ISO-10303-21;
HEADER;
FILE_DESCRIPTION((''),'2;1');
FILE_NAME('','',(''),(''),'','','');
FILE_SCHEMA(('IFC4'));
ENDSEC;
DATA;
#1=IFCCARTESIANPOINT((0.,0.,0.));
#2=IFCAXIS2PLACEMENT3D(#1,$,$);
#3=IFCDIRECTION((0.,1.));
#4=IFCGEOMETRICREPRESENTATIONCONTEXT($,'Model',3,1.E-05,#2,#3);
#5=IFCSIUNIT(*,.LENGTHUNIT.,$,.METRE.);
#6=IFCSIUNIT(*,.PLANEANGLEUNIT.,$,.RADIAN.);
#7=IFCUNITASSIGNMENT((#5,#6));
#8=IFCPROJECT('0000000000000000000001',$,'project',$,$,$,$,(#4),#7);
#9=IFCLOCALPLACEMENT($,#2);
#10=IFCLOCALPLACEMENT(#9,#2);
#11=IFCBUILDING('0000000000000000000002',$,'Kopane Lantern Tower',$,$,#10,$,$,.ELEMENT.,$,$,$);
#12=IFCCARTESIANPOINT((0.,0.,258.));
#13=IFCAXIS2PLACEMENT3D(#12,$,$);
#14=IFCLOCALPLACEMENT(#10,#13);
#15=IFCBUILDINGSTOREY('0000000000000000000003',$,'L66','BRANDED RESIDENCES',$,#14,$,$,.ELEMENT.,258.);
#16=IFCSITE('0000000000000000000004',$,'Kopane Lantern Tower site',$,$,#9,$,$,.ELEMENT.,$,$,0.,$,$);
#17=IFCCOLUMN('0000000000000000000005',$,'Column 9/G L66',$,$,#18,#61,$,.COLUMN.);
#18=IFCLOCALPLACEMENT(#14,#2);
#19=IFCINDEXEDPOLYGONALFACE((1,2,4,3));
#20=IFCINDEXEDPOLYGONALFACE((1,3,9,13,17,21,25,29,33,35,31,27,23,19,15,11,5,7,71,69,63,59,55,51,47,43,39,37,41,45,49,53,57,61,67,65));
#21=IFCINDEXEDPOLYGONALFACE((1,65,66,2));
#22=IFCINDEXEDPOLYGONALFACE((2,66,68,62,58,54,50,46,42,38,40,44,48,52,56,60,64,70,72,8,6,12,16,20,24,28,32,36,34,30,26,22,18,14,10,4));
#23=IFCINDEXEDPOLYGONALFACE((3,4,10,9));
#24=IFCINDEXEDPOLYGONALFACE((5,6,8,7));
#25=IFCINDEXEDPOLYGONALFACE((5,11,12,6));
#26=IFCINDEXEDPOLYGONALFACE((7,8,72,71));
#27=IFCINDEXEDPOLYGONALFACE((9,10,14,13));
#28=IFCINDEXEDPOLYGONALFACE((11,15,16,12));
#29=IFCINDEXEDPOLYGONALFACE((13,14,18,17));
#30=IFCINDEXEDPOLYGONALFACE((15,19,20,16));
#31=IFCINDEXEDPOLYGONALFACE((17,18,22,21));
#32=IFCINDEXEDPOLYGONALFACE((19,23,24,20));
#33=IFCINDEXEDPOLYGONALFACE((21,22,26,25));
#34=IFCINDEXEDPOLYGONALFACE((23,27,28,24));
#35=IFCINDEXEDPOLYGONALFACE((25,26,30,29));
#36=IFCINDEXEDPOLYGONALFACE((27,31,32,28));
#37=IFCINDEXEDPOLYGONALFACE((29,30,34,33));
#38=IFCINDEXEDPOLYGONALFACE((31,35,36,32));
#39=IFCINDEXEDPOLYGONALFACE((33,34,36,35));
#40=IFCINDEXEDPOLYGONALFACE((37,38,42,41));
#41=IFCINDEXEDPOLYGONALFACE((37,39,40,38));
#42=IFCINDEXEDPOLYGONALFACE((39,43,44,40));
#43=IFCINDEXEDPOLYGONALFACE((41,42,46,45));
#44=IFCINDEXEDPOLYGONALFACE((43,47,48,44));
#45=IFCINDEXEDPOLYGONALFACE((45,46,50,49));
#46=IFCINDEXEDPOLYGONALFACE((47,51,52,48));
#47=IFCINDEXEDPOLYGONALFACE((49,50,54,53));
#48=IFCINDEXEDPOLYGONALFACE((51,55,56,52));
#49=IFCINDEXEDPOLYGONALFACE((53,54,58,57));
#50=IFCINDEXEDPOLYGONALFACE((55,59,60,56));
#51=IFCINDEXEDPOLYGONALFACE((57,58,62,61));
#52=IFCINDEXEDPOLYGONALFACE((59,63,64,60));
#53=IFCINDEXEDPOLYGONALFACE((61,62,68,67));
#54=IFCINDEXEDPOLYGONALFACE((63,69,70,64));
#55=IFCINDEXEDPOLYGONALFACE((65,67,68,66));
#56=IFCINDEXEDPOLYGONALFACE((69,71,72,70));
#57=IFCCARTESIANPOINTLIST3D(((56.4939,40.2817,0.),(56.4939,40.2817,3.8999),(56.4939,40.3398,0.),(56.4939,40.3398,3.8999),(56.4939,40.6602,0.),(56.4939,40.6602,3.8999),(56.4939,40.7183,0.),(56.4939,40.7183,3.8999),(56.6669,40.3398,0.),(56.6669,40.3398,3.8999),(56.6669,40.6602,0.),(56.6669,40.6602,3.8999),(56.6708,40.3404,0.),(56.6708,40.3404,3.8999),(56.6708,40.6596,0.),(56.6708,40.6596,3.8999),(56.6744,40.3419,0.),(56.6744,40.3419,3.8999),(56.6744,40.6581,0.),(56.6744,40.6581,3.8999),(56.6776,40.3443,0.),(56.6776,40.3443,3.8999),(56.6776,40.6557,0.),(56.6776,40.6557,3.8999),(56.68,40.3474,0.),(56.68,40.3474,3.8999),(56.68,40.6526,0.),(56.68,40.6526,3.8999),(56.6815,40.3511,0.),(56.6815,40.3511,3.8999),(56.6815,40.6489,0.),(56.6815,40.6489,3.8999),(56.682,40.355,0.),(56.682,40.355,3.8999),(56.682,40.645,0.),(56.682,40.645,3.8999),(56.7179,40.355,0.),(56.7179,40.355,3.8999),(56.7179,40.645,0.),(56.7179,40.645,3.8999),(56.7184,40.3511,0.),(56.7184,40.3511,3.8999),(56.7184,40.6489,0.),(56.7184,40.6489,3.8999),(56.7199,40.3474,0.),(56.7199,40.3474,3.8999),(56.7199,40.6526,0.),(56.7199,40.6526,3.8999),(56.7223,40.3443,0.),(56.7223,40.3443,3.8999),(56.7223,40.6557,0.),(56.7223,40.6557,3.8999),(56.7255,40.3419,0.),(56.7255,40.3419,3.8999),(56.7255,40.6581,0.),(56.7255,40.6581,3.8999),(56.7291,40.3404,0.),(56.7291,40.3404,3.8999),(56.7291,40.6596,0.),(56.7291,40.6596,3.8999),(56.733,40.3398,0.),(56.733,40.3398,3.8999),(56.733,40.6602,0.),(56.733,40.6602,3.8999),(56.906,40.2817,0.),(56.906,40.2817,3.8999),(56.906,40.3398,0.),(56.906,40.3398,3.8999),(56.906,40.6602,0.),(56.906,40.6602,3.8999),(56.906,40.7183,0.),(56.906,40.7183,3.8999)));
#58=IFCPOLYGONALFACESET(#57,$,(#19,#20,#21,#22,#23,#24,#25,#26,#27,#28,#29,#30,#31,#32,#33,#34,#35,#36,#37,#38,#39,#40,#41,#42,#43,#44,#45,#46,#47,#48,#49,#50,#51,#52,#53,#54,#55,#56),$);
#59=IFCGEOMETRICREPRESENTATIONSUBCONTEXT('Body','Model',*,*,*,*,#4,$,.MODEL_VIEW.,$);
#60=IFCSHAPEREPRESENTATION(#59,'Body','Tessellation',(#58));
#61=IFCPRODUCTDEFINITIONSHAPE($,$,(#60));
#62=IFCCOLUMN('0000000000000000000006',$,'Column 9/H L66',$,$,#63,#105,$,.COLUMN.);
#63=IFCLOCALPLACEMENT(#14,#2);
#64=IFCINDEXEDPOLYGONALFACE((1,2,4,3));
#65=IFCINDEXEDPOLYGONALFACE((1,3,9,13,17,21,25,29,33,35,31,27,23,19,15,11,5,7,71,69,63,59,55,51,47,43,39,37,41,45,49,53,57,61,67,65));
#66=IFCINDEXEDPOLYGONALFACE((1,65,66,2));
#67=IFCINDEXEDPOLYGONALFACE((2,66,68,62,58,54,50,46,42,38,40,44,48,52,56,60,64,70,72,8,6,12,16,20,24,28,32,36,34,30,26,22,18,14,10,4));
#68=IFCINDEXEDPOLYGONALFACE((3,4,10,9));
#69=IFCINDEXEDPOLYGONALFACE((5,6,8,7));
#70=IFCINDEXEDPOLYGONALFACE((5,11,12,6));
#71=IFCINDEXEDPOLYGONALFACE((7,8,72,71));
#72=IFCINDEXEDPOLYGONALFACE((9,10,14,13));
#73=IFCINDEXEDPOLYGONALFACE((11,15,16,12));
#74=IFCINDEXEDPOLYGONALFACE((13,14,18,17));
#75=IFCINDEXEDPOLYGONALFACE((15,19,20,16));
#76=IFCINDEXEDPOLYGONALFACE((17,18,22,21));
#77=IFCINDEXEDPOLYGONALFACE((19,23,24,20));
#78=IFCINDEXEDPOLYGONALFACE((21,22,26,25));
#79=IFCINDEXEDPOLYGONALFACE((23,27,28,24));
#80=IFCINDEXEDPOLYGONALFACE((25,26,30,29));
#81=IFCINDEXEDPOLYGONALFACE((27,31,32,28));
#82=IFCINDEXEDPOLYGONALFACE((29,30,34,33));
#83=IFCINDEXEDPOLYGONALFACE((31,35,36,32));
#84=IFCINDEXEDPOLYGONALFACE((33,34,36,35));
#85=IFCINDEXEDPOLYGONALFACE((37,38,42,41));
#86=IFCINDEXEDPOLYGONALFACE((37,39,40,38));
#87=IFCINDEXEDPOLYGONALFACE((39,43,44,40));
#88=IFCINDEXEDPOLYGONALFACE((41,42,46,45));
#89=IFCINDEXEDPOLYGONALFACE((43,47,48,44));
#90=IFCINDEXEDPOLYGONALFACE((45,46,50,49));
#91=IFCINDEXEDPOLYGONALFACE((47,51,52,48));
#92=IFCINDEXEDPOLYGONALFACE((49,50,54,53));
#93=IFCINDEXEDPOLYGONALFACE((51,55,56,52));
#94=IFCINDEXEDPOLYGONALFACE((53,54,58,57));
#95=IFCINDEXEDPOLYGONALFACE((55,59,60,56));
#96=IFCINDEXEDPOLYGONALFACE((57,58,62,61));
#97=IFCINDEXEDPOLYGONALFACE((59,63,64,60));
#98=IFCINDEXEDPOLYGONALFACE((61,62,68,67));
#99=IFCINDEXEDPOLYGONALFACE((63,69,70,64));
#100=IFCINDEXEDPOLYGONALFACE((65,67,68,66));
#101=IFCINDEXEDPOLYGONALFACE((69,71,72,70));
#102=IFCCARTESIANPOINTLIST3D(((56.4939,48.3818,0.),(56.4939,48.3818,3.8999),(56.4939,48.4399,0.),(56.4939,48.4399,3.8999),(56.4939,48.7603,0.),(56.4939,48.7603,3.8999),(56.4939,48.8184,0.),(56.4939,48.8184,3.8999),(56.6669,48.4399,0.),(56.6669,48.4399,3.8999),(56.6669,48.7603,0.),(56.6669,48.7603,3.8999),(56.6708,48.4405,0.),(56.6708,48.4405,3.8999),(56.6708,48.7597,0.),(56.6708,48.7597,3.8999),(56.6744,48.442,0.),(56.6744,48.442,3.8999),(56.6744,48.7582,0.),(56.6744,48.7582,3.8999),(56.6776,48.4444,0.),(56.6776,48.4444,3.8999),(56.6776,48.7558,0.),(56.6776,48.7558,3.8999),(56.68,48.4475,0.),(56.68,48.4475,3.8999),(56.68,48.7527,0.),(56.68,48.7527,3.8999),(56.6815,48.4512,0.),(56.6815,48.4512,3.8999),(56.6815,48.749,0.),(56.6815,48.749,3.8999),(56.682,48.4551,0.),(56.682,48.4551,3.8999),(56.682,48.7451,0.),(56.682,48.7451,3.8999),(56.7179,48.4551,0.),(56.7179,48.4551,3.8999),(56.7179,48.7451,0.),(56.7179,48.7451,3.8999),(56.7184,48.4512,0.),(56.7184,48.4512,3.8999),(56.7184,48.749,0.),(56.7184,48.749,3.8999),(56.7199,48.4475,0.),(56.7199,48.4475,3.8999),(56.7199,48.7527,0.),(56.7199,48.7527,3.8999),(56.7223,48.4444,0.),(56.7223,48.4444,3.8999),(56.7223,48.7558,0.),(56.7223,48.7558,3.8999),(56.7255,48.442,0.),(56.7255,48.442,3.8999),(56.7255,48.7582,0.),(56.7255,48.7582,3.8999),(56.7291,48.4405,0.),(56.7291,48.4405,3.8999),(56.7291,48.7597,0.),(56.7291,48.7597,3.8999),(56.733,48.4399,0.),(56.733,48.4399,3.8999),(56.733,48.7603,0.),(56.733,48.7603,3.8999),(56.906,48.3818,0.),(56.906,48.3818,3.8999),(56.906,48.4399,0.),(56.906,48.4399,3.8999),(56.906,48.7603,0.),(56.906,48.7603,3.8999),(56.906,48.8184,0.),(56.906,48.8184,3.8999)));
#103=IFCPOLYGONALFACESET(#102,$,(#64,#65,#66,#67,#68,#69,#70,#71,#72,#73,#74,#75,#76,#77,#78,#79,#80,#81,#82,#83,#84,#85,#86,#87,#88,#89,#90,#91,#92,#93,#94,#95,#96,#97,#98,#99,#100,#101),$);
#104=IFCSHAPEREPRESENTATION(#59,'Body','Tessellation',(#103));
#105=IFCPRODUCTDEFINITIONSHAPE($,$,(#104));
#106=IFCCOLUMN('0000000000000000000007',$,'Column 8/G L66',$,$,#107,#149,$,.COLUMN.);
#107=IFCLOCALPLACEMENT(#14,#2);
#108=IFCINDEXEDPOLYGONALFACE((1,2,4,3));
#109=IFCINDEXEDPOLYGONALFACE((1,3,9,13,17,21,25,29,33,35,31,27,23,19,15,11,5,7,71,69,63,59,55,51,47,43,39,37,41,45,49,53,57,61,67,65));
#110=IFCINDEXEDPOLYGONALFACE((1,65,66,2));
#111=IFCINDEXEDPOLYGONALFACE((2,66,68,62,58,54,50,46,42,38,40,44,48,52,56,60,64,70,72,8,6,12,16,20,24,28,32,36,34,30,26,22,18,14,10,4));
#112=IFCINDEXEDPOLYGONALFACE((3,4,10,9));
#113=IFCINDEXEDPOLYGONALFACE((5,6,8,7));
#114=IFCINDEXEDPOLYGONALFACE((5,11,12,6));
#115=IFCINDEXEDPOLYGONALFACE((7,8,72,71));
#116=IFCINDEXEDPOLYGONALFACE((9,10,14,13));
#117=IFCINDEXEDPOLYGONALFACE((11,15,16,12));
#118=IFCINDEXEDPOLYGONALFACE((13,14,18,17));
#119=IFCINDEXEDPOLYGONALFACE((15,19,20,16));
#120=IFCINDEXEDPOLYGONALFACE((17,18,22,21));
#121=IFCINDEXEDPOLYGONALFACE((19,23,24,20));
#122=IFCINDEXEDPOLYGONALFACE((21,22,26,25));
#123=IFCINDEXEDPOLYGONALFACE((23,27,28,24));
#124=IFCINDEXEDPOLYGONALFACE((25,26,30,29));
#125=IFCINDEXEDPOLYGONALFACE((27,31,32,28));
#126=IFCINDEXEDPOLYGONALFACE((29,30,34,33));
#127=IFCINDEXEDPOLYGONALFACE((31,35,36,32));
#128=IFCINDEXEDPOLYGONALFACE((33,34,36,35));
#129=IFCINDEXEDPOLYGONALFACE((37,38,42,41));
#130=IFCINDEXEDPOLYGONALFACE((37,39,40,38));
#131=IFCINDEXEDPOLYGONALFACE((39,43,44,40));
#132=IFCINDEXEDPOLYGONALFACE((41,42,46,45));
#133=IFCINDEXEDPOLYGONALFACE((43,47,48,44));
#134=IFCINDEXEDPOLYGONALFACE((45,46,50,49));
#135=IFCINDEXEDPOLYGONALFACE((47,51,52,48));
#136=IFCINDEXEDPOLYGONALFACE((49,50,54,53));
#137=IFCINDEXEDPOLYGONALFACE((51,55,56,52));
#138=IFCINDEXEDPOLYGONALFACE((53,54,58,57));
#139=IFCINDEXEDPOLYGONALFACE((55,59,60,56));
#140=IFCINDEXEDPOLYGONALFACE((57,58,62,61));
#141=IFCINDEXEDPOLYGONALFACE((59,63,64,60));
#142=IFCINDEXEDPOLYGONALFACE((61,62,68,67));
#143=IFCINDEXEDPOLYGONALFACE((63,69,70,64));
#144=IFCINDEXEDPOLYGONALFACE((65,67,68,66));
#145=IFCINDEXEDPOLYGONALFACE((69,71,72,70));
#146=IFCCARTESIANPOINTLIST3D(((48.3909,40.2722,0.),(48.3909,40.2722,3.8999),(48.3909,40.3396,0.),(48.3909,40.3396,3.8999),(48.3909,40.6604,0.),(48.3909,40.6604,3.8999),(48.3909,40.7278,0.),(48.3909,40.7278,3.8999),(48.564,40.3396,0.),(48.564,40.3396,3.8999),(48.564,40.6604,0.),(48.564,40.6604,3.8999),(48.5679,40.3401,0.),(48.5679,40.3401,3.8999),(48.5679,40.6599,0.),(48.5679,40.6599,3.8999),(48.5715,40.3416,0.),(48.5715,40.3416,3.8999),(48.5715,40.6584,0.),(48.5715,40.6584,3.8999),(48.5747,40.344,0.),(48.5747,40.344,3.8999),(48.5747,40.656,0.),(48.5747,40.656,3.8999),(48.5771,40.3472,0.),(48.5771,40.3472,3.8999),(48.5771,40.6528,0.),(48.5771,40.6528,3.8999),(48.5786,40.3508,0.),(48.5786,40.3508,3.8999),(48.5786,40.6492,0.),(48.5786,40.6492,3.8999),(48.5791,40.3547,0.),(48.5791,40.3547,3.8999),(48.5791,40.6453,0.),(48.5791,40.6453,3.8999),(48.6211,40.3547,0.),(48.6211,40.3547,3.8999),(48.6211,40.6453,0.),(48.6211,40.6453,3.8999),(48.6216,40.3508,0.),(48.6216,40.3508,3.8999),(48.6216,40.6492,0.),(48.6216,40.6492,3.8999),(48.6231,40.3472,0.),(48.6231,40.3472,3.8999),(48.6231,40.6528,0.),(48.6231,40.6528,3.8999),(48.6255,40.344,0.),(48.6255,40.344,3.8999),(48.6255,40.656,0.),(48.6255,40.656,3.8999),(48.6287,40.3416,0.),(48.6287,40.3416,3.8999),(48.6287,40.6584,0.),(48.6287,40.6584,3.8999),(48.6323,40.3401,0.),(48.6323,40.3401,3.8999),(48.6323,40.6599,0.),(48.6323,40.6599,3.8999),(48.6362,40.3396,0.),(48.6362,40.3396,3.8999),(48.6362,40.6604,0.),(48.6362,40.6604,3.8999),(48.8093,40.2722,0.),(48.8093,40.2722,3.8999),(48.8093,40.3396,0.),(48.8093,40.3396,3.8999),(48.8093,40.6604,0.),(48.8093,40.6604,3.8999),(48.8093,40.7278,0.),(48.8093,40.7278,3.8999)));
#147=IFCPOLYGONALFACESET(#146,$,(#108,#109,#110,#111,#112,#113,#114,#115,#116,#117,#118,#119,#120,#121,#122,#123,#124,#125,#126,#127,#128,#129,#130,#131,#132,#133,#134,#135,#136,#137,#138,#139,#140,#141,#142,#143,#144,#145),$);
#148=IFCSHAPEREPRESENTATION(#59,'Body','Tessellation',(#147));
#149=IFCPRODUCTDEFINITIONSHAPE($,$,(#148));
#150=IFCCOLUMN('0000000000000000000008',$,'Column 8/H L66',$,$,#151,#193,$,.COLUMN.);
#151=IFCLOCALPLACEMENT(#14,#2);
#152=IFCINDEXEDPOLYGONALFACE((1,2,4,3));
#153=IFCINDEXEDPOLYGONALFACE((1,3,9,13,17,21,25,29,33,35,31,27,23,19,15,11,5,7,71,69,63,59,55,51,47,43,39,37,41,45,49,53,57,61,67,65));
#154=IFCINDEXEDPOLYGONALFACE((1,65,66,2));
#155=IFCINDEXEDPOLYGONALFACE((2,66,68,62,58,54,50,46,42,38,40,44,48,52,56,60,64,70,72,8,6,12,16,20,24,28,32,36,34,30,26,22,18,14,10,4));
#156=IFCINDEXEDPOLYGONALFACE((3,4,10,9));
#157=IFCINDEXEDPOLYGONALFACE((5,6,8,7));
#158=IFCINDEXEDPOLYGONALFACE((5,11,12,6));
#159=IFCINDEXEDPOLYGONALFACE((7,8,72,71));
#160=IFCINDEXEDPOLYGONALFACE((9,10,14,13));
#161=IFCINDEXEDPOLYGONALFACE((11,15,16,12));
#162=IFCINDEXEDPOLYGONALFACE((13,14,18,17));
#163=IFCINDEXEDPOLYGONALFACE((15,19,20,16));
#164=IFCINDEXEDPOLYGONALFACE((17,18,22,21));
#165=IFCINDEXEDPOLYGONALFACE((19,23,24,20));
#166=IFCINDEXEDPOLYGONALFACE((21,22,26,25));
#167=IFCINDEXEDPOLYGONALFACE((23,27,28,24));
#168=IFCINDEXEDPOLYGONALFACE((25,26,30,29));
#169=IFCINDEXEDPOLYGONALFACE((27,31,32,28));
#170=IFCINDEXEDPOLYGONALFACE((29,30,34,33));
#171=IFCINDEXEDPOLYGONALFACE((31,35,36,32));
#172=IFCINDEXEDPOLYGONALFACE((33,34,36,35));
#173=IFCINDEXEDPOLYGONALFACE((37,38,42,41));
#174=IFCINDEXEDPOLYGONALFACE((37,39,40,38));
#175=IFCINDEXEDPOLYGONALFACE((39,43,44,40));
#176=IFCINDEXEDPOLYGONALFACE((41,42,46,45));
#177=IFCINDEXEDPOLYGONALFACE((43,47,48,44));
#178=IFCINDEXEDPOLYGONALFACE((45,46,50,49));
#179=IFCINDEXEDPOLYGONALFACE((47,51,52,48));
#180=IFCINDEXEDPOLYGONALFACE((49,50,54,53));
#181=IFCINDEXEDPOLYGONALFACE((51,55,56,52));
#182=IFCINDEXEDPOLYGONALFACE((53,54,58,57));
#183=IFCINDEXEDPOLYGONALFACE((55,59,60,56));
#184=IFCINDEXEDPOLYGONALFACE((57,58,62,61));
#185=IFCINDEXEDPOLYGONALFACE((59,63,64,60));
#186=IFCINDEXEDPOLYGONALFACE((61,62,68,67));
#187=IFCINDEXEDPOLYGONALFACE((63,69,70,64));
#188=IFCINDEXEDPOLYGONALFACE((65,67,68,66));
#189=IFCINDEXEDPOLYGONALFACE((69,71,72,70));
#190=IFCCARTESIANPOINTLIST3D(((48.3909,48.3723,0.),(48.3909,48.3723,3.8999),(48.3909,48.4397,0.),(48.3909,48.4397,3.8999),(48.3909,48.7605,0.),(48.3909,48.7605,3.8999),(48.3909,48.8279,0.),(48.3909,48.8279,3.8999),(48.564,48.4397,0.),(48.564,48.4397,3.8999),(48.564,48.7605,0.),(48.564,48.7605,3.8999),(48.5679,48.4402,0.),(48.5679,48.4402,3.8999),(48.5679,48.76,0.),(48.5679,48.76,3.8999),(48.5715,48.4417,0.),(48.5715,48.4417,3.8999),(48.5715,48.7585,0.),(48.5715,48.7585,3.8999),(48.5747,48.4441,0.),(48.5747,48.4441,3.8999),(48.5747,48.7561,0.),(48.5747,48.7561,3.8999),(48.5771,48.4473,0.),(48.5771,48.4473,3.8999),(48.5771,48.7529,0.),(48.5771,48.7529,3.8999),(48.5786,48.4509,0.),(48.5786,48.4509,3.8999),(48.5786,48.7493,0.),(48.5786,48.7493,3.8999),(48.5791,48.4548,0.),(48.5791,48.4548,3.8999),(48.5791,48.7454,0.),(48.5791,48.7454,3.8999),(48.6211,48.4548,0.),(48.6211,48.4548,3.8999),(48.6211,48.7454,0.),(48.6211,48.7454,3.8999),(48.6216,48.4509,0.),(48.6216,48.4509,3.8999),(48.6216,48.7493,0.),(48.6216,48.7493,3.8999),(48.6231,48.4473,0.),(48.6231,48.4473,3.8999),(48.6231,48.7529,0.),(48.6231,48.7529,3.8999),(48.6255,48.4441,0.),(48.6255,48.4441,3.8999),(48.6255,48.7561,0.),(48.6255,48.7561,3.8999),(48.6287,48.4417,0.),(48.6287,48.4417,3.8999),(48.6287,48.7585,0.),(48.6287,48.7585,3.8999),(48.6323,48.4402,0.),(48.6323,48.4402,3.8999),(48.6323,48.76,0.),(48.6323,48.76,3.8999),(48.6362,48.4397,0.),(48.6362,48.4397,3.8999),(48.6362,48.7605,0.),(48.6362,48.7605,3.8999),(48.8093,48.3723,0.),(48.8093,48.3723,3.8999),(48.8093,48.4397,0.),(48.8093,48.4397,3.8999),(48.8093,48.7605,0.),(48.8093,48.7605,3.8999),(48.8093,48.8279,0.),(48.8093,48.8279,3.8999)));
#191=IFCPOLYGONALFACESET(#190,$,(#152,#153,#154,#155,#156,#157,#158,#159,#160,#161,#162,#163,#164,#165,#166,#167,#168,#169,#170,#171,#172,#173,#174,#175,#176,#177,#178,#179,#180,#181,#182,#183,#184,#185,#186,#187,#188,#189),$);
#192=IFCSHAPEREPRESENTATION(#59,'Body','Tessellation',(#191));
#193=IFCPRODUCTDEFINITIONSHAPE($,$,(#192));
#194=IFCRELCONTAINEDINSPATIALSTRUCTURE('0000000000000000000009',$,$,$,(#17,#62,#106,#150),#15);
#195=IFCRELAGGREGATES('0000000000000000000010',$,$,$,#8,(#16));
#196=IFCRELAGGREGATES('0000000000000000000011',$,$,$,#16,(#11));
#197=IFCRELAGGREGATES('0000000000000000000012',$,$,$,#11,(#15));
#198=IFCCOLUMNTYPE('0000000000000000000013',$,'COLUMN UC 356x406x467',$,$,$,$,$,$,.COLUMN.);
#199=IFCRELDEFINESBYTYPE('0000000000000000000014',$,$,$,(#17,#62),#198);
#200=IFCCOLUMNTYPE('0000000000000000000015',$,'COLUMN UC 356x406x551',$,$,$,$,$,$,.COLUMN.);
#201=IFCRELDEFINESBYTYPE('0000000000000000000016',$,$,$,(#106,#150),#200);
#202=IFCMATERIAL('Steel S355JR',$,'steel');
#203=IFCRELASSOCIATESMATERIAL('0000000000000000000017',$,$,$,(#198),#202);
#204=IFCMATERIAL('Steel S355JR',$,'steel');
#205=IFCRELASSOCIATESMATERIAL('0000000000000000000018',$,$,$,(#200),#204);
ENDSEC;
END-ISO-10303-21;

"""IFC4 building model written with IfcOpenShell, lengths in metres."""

from ifc_helpers import new_model, si_unit, direction, frame, origin, origin_2d, place, context, subcontext, project, spatial, i_section, extrude, material, material_profile, profile_set, type_object, element, save


model = new_model("IFC4")

# Units and contexts
model_context = context("Model", 3, precision=1e-05, world=origin(), true_north=direction((0.0, 1.0)))
body_context = subcontext(model_context, "Body", "Model", "MODEL_VIEW")
ifc_project = project(units=[si_unit("LENGTHUNIT", "METRE"), si_unit("PLANEANGLEUNIT", "RADIAN")], contexts=[model_context])

# Site, building, storey
site_placement = place(None, origin())
site = spatial("IfcSite", under=ifc_project, at=site_placement, Name="Kopane Lantern Tower site", CompositionType="ELEMENT", RefElevation=0.0)
building_placement = place(site_placement, origin())
building = spatial("IfcBuilding", under=site, at=building_placement, Name="Kopane Lantern Tower", CompositionType="ELEMENT")
storey_placement = place(building_placement, frame((0.0, 0.0, 258.0)))
storey = spatial("IfcBuildingStorey", under=building, at=storey_placement, Name="L66", Description="BRANDED RESIDENCES", CompositionType="ELEMENT", Elevation=258.0)

# Columns
ifc_material_1 = material(Name="Steel S355JR", Category="steel")
ifc_material_profile_1 = material_profile(ifc_material_1, i_section(OverallWidth=0.4121, OverallDepth=0.4365, WebThickness=0.0359, FlangeThickness=0.0581, FilletRadius=0.0151, at=origin_2d()), Name="UC 356x406x467")
ifc_profile_set_1 = profile_set([ifc_material_profile_1], Name="Steel S355JR")
column_type_1 = type_object("IfcColumnType", Name="COLUMN UC 356x406x467", PredefinedType="COLUMN", material=ifc_profile_set_1)
for number, where, z_axis, x_axis, name in (
    (1, (56.7, 40.5, 0.0), (0.0, 0.0, 1.0), (1.0, 0.0, 0.0), "Column 9/G L66"),
    (2, (56.7, 48.6001, 0.0), (0.0, 0.0, 1.0), (1.0, 0.0, 0.0), "Column 9/H L66"),
):
    element("IfcColumn", number, at=place(storey_placement, frame(where, z_axis=z_axis, x_axis=x_axis)), inside=storey, type_object=column_type_1, Name=name, PredefinedType="COLUMN", context=body_context, shape_type="SweptSolid", body=[
        extrude(i_section(OverallWidth=0.4121, OverallDepth=0.4365, WebThickness=0.0359, FlangeThickness=0.0581, FilletRadius=0.0151, at=origin_2d()), origin(), (0.0, 0.0, 1.0), 3.8999),
    ])
ifc_material_2 = material(Name="Steel S355JR", Category="steel")
ifc_material_profile_2 = material_profile(ifc_material_2, i_section(OverallWidth=0.4185, OverallDepth=0.4556, WebThickness=0.042, FlangeThickness=0.0674, FilletRadius=0.0151, at=origin_2d()), Name="UC 356x406x551")
ifc_profile_set_2 = profile_set([ifc_material_profile_2], Name="Steel S355JR")
column_type_2 = type_object("IfcColumnType", Name="COLUMN UC 356x406x551", PredefinedType="COLUMN", material=ifc_profile_set_2)
for number, where, z_axis, x_axis, name in (
    (3, (48.6001, 40.5, 0.0), (0.0, 0.0, 1.0), (1.0, 0.0, 0.0), "Column 8/G L66"),
    (4, (48.6001, 48.6001, 0.0), (0.0, 0.0, 1.0), (1.0, 0.0, 0.0), "Column 8/H L66"),
):
    element("IfcColumn", number, at=place(storey_placement, frame(where, z_axis=z_axis, x_axis=x_axis)), inside=storey, type_object=column_type_2, Name=name, PredefinedType="COLUMN", context=body_context, shape_type="SweptSolid", body=[
        extrude(i_section(OverallWidth=0.4185, OverallDepth=0.4556, WebThickness=0.042, FlangeThickness=0.0674, FilletRadius=0.0151, at=origin_2d()), origin(), (0.0, 0.0, 1.0), 3.8999),
    ])

save(model, "model.ifc")
